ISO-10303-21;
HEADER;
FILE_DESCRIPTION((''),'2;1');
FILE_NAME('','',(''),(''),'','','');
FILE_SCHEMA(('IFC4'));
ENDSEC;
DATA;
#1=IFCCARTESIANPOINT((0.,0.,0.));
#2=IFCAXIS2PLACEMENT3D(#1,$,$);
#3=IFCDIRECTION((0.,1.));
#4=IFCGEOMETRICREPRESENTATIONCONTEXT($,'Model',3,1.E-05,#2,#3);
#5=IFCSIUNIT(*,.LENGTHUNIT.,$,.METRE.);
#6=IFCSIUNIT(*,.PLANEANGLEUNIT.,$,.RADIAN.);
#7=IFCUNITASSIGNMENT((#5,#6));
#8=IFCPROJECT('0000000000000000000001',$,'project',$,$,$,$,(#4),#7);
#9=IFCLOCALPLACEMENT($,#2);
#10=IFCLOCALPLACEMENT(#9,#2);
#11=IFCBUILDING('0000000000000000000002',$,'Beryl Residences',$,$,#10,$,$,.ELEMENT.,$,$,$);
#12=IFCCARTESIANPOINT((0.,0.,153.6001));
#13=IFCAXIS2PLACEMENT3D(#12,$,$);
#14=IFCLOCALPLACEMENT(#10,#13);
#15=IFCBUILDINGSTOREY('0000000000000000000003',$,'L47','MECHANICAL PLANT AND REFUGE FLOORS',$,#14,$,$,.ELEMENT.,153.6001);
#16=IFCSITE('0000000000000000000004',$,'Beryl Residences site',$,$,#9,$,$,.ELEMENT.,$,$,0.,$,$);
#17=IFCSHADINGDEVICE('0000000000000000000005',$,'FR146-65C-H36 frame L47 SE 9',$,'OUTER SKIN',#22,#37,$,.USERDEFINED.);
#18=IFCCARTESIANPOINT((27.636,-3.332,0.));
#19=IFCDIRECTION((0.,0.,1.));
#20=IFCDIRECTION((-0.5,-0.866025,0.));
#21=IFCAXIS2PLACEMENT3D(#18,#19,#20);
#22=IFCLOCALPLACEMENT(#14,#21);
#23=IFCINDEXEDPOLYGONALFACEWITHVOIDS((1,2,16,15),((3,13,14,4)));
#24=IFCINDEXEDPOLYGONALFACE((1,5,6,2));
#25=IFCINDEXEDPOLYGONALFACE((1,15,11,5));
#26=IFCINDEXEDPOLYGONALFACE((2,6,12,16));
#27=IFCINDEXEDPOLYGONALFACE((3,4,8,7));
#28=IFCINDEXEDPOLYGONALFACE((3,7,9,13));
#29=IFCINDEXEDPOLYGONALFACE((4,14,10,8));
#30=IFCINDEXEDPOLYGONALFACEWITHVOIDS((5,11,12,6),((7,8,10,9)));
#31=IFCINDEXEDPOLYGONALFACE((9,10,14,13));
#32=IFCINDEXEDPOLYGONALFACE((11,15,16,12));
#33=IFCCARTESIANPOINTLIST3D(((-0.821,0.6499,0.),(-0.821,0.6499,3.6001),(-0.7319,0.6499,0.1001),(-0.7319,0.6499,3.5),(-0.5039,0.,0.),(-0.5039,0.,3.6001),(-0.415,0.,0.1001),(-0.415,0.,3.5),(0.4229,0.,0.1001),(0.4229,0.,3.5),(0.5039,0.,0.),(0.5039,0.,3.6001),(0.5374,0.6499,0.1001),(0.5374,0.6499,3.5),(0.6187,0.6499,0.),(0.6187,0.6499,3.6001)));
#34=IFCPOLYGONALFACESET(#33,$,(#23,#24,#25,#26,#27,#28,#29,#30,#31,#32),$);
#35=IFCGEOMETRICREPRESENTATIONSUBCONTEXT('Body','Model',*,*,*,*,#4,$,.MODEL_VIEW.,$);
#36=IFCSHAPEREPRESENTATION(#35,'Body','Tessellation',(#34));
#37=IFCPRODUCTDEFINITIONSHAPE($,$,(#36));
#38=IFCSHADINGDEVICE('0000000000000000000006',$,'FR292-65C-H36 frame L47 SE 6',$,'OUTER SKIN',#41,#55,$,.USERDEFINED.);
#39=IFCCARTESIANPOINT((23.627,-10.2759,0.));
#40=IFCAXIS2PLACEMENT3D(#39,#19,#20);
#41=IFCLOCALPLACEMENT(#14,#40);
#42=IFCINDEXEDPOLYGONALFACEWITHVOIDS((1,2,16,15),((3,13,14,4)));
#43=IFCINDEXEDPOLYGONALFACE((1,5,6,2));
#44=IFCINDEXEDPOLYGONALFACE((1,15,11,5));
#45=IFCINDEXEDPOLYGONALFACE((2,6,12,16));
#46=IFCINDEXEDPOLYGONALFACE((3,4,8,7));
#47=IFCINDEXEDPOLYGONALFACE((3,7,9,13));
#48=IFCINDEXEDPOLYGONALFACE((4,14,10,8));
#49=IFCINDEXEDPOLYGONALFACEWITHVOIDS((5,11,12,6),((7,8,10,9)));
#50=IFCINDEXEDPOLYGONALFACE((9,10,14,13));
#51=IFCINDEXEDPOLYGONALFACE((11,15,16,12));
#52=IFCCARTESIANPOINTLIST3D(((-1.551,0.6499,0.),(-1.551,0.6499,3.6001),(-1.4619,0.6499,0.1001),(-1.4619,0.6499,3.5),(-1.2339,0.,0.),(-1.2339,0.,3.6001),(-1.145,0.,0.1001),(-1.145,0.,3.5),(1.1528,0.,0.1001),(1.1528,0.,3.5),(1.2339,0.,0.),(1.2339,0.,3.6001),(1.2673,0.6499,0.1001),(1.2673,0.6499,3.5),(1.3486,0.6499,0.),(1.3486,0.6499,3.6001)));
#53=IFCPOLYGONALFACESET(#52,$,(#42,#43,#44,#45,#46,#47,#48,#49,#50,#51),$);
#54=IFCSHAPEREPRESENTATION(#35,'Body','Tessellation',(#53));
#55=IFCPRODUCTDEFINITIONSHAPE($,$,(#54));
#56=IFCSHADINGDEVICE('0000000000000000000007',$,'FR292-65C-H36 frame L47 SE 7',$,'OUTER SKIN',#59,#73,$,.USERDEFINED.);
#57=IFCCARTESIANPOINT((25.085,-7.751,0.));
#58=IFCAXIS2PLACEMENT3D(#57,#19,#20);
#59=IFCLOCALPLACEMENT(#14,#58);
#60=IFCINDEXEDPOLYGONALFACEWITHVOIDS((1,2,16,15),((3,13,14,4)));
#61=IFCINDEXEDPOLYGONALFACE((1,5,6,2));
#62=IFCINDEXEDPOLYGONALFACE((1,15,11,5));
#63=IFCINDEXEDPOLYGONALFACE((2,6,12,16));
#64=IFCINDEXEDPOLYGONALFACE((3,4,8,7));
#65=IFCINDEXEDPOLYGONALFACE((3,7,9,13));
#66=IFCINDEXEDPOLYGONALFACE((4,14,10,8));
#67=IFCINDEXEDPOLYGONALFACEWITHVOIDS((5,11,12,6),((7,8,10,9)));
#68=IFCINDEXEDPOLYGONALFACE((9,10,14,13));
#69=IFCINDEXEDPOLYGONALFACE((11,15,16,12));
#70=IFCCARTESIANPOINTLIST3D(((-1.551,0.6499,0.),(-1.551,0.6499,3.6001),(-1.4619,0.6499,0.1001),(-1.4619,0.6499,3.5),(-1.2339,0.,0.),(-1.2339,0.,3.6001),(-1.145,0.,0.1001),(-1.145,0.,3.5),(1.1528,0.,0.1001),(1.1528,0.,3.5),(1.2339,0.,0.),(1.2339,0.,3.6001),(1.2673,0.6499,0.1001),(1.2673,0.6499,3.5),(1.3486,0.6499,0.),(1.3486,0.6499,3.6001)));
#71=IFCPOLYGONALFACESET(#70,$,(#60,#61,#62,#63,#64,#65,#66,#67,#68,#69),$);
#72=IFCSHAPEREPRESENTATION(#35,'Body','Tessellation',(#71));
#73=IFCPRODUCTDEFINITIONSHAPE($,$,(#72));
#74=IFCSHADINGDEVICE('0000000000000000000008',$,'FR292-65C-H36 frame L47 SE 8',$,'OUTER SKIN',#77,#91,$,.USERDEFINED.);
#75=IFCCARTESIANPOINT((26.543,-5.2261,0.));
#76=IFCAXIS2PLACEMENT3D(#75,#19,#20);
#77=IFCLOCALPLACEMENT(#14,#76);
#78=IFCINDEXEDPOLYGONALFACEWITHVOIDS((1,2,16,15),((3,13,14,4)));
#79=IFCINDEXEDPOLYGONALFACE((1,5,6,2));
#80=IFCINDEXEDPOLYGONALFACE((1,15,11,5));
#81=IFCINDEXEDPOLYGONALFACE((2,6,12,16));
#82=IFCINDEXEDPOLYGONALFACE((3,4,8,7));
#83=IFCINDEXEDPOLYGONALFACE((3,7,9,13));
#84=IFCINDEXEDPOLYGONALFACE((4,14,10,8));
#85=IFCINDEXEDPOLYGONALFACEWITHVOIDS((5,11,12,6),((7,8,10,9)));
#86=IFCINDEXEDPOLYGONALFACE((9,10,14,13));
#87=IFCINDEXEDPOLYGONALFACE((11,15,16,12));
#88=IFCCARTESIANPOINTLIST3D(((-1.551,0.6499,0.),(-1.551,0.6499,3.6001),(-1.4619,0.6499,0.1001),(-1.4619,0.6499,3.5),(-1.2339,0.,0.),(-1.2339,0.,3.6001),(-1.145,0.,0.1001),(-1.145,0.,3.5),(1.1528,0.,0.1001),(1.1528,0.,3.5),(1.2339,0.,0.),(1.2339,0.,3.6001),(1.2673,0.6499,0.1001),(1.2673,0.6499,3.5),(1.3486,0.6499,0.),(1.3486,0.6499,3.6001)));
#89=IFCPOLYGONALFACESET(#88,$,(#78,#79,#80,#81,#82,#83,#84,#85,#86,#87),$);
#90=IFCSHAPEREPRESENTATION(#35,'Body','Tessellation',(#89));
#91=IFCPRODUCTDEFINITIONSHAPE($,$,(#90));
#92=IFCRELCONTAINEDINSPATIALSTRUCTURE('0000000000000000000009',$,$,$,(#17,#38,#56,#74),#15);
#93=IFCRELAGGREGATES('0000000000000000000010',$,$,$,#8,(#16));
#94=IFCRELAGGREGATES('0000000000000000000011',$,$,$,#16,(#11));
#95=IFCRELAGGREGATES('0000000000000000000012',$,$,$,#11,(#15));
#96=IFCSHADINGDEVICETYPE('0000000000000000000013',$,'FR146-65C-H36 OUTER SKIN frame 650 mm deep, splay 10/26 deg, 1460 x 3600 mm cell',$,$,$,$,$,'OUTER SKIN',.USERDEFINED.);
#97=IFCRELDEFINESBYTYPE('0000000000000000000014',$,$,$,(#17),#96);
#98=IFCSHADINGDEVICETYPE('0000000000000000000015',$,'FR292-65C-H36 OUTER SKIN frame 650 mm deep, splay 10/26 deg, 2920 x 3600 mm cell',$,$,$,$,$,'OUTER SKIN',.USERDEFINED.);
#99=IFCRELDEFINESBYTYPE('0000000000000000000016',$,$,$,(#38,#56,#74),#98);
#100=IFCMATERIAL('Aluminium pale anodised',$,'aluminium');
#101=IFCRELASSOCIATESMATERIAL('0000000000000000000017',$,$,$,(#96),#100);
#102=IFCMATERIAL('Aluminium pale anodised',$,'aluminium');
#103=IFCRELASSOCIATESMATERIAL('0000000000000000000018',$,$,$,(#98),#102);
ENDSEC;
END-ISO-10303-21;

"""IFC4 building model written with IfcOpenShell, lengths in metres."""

from ifc_helpers import new_model, entity, si_unit, direction, frame, origin, place, context, subcontext, project, spatial, source, transform, mapped, material, type_object, type_shapes, element, save


model = new_model("IFC4")

# Units and contexts
model_context = context("Model", 3, precision=1e-05, world=origin(), true_north=direction((0.0, 1.0)))
body_context = subcontext(model_context, "Body", "Model", "MODEL_VIEW")
ifc_project = project(units=[si_unit("LENGTHUNIT", "METRE"), si_unit("PLANEANGLEUNIT", "RADIAN")], contexts=[model_context])

# Site, building, storey
site_placement = place(None, origin())
site = spatial("IfcSite", under=ifc_project, at=site_placement, Name="Beryl Residences site", CompositionType="ELEMENT", RefElevation=0.0)
building_placement = place(site_placement, origin())
building = spatial("IfcBuilding", under=site, at=building_placement, Name="Beryl Residences", CompositionType="ELEMENT")
storey_placement = place(building_placement, frame((0.0, 0.0, 153.6001)))
storey = spatial("IfcBuildingStorey", under=building, at=storey_placement, Name="L47", Description="MECHANICAL PLANT AND REFUGE FLOORS", CompositionType="ELEMENT", Elevation=153.6001)

# Shading devices
ifc_material_1 = material(Name="Aluminium pale anodised", Category="aluminium")
shading_device_type_1 = type_object("IfcShadingDeviceType", Name="FR146-65C-H36 OUTER SKIN frame 650 mm deep, splay 10/26 deg, 1460 x 3600 mm cell", ElementType="OUTER SKIN", PredefinedType="USERDEFINED", material=ifc_material_1)
cartesian_point_1 = entity("IfcCartesianPoint", [-0.5039, 0.0])
cartesian_point_2 = entity("IfcCartesianPoint", [-0.4229, 0.1001])
cartesian_point_3 = entity("IfcCartesianPoint", [-0.6187, 0.0])
cartesian_point_4 = entity("IfcCartesianPoint", [-0.5374, 0.1001])
shared_shape_1 = source(origin(), body_context, "Body", "SweptSolid", [
    entity("IfcExtrudedAreaSolidTapered", entity("IfcArbitraryProfileDefWithVoids", "AREA", None, entity("IfcPolyline", [cartesian_point_1, entity("IfcCartesianPoint", [0.5039, 0.0]), entity("IfcCartesianPoint", [0.5039, 3.6001]), entity("IfcCartesianPoint", [-0.5039, 3.6001]), cartesian_point_1]), [entity("IfcPolyline", [cartesian_point_2, entity("IfcCartesianPoint", [0.415, 0.1001]), entity("IfcCartesianPoint", [0.415, 3.5]), entity("IfcCartesianPoint", [-0.4229, 3.5]), cartesian_point_2])]), entity("IfcAxis2Placement3D", entity("IfcCartesianPoint", [0.0, 0.0, 0.0]), entity("IfcDirection", [0.0, 1.0, 0.0]), entity("IfcDirection", [-1.0, 0.0, 0.0])), entity("IfcDirection", [0.0, 0.0, 1.0]), 0.6499, entity("IfcArbitraryProfileDefWithVoids", "AREA", None, entity("IfcPolyline", [cartesian_point_3, entity("IfcCartesianPoint", [0.821, 0.0]), entity("IfcCartesianPoint", [0.821, 3.6001]), entity("IfcCartesianPoint", [-0.6187, 3.6001]), cartesian_point_3]), [entity("IfcPolyline", [cartesian_point_4, entity("IfcCartesianPoint", [0.7319, 0.1001]), entity("IfcCartesianPoint", [0.7319, 3.5]), entity("IfcCartesianPoint", [-0.5374, 3.5]), cartesian_point_4])])),
])
type_shapes(shading_device_type_1, [shared_shape_1])
shading_device_placement = place(storey_placement, frame((27.636, -3.332, 0.0), z_axis=(0.0, 0.0, 1.0), x_axis=(-0.5, -0.866025, 0.0)))
element("IfcShadingDevice", 1, at=shading_device_placement, inside=storey, type_object=shading_device_type_1, Name="FR146-65C-H36 frame L47 SE 9", ObjectType="OUTER SKIN", PredefinedType="USERDEFINED", context=body_context, shape_type="MappedRepresentation", body=[
    mapped(shared_shape_1, transform((0.0, 0.0, 0.0))),
])
ifc_material_2 = material(Name="Aluminium pale anodised", Category="aluminium")
shading_device_type_2 = type_object("IfcShadingDeviceType", Name="FR292-65C-H36 OUTER SKIN frame 650 mm deep, splay 10/26 deg, 2920 x 3600 mm cell", ElementType="OUTER SKIN", PredefinedType="USERDEFINED", material=ifc_material_2)
cartesian_point_5 = entity("IfcCartesianPoint", [-1.2339, 0.0])
cartesian_point_6 = entity("IfcCartesianPoint", [-1.1528, 0.1001])
cartesian_point_7 = entity("IfcCartesianPoint", [-1.3486, 0.0])
cartesian_point_8 = entity("IfcCartesianPoint", [-1.2673, 0.1001])
shared_shape_2 = source(origin(), body_context, "Body", "SweptSolid", [
    entity("IfcExtrudedAreaSolidTapered", entity("IfcArbitraryProfileDefWithVoids", "AREA", None, entity("IfcPolyline", [cartesian_point_5, entity("IfcCartesianPoint", [1.2339, 0.0]), entity("IfcCartesianPoint", [1.2339, 3.6001]), entity("IfcCartesianPoint", [-1.2339, 3.6001]), cartesian_point_5]), [entity("IfcPolyline", [cartesian_point_6, entity("IfcCartesianPoint", [1.145, 0.1001]), entity("IfcCartesianPoint", [1.145, 3.5]), entity("IfcCartesianPoint", [-1.1528, 3.5]), cartesian_point_6])]), entity("IfcAxis2Placement3D", entity("IfcCartesianPoint", [0.0, 0.0, 0.0]), entity("IfcDirection", [0.0, 1.0, 0.0]), entity("IfcDirection", [-1.0, 0.0, 0.0])), entity("IfcDirection", [0.0, 0.0, 1.0]), 0.6499, entity("IfcArbitraryProfileDefWithVoids", "AREA", None, entity("IfcPolyline", [cartesian_point_7, entity("IfcCartesianPoint", [1.551, 0.0]), entity("IfcCartesianPoint", [1.551, 3.6001]), entity("IfcCartesianPoint", [-1.3486, 3.6001]), cartesian_point_7]), [entity("IfcPolyline", [cartesian_point_8, entity("IfcCartesianPoint", [1.4619, 0.1001]), entity("IfcCartesianPoint", [1.4619, 3.5]), entity("IfcCartesianPoint", [-1.2673, 3.5]), cartesian_point_8])])),
])
type_shapes(shading_device_type_2, [shared_shape_2])
for number, where, z_axis, x_axis, name in (
    (2, (23.627, -10.2759, 0.0), (0.0, 0.0, 1.0), (-0.5, -0.866025, 0.0), "FR292-65C-H36 frame L47 SE 6"),
    (3, (25.085, -7.751, 0.0), (0.0, 0.0, 1.0), (-0.5, -0.866025, 0.0), "FR292-65C-H36 frame L47 SE 7"),
    (4, (26.543, -5.2261, 0.0), (0.0, 0.0, 1.0), (-0.5, -0.866025, 0.0), "FR292-65C-H36 frame L47 SE 8"),
):
    element("IfcShadingDevice", number, at=place(storey_placement, frame(where, z_axis=z_axis, x_axis=x_axis)), inside=storey, type_object=shading_device_type_2, Name=name, ObjectType="OUTER SKIN", PredefinedType="USERDEFINED", context=body_context, shape_type="MappedRepresentation", body=[
        mapped(shared_shape_2, transform((0.0, 0.0, 0.0))),
    ])

save(model, "model.ifc")
